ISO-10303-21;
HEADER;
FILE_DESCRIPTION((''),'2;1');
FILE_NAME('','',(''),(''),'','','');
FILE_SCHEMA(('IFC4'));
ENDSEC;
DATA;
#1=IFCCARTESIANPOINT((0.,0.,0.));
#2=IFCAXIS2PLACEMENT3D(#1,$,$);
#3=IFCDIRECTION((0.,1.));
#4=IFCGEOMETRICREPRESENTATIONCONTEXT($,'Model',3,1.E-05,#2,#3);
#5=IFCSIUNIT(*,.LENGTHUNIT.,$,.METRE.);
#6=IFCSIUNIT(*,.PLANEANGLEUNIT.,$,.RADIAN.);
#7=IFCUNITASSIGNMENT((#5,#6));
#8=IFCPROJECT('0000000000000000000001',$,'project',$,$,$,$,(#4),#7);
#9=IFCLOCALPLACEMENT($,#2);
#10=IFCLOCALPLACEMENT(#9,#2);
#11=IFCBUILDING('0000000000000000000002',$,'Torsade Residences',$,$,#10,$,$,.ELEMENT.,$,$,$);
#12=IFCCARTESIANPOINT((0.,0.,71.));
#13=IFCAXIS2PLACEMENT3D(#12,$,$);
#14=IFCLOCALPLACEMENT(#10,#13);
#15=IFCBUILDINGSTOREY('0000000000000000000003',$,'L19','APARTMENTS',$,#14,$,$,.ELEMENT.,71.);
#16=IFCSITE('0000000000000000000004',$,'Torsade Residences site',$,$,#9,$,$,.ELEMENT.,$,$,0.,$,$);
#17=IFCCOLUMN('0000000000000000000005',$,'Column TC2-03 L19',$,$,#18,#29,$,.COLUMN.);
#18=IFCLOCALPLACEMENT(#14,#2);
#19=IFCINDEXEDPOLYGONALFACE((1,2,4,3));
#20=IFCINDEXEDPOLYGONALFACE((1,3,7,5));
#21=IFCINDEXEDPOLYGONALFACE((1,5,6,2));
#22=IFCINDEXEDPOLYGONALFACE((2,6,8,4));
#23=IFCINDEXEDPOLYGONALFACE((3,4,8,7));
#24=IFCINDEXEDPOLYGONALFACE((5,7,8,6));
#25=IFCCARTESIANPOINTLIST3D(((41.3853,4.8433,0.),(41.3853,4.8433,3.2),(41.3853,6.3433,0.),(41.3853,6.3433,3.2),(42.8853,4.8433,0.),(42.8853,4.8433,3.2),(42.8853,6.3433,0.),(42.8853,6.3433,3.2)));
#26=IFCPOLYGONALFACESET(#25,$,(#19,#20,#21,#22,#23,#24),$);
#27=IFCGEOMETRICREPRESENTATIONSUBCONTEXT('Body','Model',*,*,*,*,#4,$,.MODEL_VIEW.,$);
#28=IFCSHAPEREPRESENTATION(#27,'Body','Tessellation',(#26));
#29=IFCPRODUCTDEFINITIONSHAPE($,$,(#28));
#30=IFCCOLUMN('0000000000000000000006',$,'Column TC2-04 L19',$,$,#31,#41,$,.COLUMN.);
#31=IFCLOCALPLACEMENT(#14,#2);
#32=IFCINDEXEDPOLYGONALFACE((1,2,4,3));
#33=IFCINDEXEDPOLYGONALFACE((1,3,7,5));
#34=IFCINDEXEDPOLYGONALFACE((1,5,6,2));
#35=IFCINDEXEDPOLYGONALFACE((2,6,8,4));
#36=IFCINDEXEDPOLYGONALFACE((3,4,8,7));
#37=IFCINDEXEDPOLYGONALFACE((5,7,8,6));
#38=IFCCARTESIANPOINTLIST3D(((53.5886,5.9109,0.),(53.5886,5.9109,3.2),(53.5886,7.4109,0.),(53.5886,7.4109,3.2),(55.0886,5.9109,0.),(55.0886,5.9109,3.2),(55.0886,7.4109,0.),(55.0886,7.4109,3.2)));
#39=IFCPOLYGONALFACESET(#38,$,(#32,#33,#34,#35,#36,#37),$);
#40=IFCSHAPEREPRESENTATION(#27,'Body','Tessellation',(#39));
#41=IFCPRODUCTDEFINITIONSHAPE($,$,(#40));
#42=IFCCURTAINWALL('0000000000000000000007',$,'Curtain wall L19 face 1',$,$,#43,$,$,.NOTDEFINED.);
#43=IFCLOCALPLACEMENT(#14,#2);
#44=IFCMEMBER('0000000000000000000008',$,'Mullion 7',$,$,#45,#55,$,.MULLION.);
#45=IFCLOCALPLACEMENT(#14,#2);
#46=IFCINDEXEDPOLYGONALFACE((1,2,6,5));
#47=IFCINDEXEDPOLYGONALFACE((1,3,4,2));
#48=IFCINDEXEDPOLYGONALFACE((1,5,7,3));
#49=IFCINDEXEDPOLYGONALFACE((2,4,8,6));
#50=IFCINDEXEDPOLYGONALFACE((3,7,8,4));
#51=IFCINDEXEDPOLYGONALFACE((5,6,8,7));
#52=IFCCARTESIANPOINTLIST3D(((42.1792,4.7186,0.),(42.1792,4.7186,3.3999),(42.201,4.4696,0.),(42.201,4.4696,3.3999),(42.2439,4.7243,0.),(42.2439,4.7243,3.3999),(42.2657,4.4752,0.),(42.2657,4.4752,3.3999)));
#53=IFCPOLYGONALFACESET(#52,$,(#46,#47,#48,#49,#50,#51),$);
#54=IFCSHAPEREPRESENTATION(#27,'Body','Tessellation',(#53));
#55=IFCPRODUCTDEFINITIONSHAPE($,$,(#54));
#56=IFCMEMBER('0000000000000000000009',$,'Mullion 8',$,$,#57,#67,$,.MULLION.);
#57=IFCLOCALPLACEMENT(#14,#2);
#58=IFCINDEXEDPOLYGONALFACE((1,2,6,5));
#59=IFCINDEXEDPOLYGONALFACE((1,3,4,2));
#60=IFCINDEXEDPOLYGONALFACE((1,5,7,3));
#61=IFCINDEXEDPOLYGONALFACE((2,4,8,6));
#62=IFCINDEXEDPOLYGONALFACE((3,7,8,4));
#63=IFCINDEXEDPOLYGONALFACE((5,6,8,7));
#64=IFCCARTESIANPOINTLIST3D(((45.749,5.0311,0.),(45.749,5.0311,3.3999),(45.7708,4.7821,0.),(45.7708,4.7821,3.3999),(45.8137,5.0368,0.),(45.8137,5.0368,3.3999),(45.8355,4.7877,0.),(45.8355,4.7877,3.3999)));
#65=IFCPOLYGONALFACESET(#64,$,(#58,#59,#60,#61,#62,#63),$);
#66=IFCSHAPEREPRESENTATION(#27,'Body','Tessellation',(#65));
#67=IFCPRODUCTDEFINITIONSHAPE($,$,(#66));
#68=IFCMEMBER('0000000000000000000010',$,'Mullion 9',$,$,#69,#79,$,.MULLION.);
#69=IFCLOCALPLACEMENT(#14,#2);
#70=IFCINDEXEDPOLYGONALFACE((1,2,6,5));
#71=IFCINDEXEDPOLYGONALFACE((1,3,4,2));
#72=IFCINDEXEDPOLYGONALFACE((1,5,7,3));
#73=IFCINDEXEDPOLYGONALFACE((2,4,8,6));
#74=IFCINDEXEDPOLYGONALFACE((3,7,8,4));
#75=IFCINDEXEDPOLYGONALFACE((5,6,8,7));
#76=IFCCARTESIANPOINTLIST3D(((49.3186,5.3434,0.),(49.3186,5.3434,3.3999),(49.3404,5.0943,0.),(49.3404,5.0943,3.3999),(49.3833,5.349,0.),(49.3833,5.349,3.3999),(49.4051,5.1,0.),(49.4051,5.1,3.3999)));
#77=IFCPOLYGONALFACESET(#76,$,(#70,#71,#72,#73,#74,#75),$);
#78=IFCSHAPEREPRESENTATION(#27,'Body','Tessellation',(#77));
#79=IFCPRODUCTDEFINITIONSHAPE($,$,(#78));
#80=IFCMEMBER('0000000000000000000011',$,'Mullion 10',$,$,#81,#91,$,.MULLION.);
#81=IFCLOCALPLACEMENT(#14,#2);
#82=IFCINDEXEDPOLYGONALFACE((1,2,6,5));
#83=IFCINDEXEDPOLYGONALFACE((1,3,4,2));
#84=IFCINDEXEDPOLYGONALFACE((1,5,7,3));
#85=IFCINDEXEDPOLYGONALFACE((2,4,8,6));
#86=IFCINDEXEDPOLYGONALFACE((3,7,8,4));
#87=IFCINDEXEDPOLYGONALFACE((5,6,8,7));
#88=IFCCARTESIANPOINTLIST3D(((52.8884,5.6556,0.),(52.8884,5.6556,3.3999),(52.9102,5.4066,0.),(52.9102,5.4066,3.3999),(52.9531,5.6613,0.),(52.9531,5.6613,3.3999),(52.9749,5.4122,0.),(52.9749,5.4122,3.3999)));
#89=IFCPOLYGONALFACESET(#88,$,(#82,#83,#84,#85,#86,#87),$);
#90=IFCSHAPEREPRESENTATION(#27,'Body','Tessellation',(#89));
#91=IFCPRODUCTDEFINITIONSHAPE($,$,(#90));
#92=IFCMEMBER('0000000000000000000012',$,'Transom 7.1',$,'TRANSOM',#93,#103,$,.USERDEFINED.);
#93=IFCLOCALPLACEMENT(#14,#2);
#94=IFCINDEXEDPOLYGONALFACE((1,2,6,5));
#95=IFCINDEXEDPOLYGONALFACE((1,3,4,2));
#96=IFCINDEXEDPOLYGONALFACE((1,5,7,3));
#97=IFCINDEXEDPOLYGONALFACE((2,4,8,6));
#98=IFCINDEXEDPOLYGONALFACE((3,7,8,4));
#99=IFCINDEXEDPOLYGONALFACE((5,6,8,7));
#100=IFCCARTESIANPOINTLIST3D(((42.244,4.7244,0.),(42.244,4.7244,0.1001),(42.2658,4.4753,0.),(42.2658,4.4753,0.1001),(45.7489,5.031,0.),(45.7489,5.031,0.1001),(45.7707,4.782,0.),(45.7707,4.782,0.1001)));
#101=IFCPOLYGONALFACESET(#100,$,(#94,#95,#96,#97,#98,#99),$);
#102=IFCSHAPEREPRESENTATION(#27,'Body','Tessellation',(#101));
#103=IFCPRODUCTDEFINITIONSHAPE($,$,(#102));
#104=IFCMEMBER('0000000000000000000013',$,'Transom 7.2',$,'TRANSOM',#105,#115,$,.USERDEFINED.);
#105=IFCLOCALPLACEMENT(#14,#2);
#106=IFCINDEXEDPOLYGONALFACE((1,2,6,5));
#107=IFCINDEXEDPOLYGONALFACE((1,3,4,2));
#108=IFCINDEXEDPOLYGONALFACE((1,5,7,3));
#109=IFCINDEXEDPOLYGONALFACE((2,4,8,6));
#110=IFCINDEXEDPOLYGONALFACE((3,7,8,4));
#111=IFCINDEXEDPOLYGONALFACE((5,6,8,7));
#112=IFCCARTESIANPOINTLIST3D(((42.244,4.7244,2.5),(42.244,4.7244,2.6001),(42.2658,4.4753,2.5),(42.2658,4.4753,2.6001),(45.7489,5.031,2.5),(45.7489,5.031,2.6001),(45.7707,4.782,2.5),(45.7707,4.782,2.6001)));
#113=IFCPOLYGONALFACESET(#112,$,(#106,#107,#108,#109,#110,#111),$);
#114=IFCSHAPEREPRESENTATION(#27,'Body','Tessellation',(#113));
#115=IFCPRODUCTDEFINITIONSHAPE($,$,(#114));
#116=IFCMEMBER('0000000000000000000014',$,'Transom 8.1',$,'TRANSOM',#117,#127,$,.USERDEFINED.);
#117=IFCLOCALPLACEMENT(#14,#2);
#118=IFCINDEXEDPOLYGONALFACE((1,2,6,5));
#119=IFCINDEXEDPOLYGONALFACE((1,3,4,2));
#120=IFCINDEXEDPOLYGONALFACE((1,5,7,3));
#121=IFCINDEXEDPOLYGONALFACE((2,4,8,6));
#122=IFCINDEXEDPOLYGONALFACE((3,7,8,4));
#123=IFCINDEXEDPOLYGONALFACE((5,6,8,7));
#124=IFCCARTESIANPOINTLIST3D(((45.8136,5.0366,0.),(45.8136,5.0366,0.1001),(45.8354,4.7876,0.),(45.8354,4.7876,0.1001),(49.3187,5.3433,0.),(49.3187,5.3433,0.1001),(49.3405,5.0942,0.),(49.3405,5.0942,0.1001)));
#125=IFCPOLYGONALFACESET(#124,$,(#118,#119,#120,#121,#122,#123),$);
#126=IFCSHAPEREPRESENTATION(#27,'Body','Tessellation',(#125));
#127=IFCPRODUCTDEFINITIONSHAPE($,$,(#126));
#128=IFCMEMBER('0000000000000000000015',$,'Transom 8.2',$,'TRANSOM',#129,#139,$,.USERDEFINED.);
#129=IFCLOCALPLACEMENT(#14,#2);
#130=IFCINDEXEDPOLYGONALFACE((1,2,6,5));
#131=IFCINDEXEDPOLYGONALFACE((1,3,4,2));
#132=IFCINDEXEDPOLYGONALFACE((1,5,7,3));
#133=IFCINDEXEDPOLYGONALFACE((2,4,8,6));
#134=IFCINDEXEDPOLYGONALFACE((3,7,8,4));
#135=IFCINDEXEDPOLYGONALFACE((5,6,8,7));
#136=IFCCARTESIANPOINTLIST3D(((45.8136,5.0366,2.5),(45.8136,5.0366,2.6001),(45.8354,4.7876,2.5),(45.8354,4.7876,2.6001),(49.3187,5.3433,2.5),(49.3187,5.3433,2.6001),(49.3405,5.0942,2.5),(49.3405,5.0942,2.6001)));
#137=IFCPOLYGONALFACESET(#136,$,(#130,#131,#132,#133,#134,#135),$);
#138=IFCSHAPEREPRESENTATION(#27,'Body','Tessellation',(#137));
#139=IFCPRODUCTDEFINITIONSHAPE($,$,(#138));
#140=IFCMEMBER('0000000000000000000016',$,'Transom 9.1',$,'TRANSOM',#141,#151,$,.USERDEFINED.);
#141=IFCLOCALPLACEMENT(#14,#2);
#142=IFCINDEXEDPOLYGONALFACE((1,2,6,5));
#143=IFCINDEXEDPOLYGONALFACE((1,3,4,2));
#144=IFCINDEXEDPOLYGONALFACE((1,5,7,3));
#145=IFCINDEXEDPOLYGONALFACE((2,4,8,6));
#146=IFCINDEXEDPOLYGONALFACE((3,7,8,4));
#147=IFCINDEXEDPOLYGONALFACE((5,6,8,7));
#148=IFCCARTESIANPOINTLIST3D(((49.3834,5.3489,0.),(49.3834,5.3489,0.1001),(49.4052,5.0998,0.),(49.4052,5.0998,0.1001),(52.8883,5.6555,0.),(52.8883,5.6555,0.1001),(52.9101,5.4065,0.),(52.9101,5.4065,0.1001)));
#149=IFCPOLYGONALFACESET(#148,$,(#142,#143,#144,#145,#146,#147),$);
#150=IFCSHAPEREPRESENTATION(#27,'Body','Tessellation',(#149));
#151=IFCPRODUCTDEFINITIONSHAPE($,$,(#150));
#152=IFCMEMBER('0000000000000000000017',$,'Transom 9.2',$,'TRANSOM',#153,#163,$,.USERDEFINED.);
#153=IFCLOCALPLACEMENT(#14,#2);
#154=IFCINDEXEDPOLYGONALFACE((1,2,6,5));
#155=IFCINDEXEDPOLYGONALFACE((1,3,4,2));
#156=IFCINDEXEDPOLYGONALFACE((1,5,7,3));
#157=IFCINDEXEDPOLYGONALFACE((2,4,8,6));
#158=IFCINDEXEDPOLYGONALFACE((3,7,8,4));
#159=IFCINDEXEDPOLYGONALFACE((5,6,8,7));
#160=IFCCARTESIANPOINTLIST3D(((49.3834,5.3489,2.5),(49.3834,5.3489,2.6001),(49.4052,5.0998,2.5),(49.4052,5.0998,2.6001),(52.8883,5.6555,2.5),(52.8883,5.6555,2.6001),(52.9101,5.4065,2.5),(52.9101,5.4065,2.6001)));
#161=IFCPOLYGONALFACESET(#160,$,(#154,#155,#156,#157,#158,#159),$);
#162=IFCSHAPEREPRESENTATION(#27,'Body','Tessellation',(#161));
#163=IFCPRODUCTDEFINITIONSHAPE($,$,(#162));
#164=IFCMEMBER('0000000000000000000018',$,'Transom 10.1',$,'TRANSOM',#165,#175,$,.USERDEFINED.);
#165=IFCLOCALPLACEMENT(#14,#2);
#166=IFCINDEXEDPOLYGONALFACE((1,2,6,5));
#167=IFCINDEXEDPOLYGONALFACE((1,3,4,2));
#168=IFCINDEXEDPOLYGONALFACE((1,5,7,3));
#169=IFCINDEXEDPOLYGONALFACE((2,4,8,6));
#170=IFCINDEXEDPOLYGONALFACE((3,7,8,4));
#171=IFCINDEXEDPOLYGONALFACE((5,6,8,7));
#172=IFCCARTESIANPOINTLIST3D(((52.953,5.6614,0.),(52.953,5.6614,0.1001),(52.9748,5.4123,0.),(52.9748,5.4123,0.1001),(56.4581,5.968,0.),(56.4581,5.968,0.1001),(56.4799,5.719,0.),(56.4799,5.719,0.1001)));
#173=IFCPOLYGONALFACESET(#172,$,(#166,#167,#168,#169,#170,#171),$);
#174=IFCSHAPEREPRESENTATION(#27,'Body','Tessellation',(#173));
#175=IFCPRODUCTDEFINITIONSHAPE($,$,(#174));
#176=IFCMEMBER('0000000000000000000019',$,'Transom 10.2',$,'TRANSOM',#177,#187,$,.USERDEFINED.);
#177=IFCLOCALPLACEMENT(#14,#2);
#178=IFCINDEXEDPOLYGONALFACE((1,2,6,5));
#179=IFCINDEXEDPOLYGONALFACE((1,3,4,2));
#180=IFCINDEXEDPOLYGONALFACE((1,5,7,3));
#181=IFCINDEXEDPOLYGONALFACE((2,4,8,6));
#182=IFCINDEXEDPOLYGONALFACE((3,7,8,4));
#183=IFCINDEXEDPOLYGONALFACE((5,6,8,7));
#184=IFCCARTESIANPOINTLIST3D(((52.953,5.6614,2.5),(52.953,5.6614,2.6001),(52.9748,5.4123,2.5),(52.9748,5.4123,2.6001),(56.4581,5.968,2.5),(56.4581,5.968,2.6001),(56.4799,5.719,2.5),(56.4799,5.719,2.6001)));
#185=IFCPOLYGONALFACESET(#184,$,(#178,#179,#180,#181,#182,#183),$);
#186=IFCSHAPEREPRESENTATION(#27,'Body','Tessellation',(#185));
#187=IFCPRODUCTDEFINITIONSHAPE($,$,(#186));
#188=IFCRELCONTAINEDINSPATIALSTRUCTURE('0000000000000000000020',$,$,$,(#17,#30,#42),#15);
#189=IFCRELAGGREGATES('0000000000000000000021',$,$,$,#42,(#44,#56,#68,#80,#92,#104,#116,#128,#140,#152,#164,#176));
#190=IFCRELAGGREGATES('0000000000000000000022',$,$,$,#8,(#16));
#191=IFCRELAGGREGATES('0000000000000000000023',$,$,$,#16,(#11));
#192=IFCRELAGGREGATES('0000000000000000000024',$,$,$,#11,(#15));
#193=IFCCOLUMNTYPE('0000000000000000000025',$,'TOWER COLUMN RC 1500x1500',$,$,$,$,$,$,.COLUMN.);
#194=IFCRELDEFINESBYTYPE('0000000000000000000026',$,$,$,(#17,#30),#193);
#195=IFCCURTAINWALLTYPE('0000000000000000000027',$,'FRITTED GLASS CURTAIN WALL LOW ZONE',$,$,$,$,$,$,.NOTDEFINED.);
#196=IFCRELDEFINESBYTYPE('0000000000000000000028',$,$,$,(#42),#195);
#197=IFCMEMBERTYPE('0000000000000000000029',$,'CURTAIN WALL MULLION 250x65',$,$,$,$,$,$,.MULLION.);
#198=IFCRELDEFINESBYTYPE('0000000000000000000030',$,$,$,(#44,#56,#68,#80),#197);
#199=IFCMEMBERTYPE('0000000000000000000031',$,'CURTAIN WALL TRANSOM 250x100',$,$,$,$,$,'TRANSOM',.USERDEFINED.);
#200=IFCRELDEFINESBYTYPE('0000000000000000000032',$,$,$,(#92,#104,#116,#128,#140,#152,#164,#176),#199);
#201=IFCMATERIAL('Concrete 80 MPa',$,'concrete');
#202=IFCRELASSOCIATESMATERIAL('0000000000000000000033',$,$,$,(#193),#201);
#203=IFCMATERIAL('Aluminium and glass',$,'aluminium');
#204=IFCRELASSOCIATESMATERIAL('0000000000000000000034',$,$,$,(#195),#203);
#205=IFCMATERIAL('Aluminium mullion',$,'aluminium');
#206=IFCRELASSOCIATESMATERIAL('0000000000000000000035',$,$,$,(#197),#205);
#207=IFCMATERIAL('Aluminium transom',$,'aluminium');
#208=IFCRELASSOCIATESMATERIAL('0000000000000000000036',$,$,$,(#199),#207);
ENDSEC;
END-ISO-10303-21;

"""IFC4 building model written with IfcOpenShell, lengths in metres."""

from ifc_helpers import new_model, si_unit, direction, frame, origin, origin_2d, place, context, subcontext, project, spatial, rectangle, extrude, material, material_profile, profile_set, type_object, element, aggregate, save


model = new_model("IFC4")

# Units and contexts
model_context = context("Model", 3, precision=1e-05, world=origin(), true_north=direction((0.0, 1.0)))
body_context = subcontext(model_context, "Body", "Model", "MODEL_VIEW")
ifc_project = project(units=[si_unit("LENGTHUNIT", "METRE"), si_unit("PLANEANGLEUNIT", "RADIAN")], contexts=[model_context])

# Site, building, storey
site_placement = place(None, origin())
site = spatial("IfcSite", under=ifc_project, at=site_placement, Name="Torsade Residences site", CompositionType="ELEMENT", RefElevation=0.0)
building_placement = place(site_placement, origin())
building = spatial("IfcBuilding", under=site, at=building_placement, Name="Torsade Residences", CompositionType="ELEMENT")
storey_placement = place(building_placement, frame((0.0, 0.0, 71.0)))
storey = spatial("IfcBuildingStorey", under=building, at=storey_placement, Name="L19", Description="APARTMENTS", CompositionType="ELEMENT", Elevation=71.0)

# Columns
ifc_material_1 = material(Name="Concrete 80 MPa", Category="concrete")
ifc_material_profile_1 = material_profile(ifc_material_1, rectangle(XDim=1.5, YDim=1.5, at=origin_2d()), Name="RC 1500x1500")
ifc_profile_set_1 = profile_set([ifc_material_profile_1], Name="Concrete 80 MPa")
column_type = type_object("IfcColumnType", Name="TOWER COLUMN RC 1500x1500", PredefinedType="COLUMN", material=ifc_profile_set_1)
for number, where, z_axis, x_axis, name in (
    (1, (42.1353, 5.5933, 0.0), (0.0, 0.0, 1.0), (1.0, 0.0, 0.0), "Column TC2-03 L19"),
    (2, (54.3386, 6.6609, 0.0), (0.0, 0.0, 1.0), (1.0, 0.0, 0.0), "Column TC2-04 L19"),
):
    element("IfcColumn", number, at=place(storey_placement, frame(where, z_axis=z_axis, x_axis=x_axis)), inside=storey, type_object=column_type, Name=name, PredefinedType="COLUMN", context=body_context, shape_type="SweptSolid", body=[
        extrude(rectangle(XDim=1.5, YDim=1.5, at=origin_2d()), origin(), (0.0, 0.0, 1.0), 3.2),
    ])

# Curtain wall, members
ifc_material_2 = material(Name="Aluminium and glass", Category="aluminium")
curtain_wall_type = type_object("IfcCurtainWallType", Name="FRITTED GLASS CURTAIN WALL LOW ZONE", PredefinedType="NOTDEFINED", material=ifc_material_2)
curtain_wall_placement = place(storey_placement, origin())
curtain_wall = element("IfcCurtainWall", 3, at=curtain_wall_placement, inside=storey, type_object=curtain_wall_type, Name="Curtain wall L19 face 1", PredefinedType="NOTDEFINED")
ifc_material_3 = material(Name="Aluminium mullion", Category="aluminium")
ifc_material_profile_2 = material_profile(ifc_material_3, rectangle(XDim=0.25, YDim=0.0649, at=origin_2d()), Name="CURTAIN WALL MULLION 250x65")
ifc_profile_set_2 = profile_set([ifc_material_profile_2], Name="Aluminium mullion")
member_type_1 = type_object("IfcMemberType", Name="CURTAIN WALL MULLION 250x65", PredefinedType="MULLION", material=ifc_profile_set_2)
member_1_placement = place(storey_placement, frame((42.2224, 4.5969, 0.0), z_axis=(0.0, 0.0, 1.0), x_axis=(-0.087156, 0.996195, 0.0)))
member_1 = element("IfcMember", 4, at=member_1_placement, type_object=member_type_1, Name="Mullion 7", PredefinedType="MULLION", context=body_context, shape_type="SweptSolid", body=[
    extrude(rectangle(XDim=0.25, YDim=0.0649, at=origin_2d()), origin(), (0.0, 0.0, 1.0), 3.3999),
])
member_2_placement = place(storey_placement, frame((45.7922, 4.9094, 0.0), z_axis=(0.0, 0.0, 1.0), x_axis=(-0.087156, 0.996195, 0.0)))
member_2 = element("IfcMember", 5, at=member_2_placement, type_object=member_type_1, Name="Mullion 8", PredefinedType="MULLION", context=body_context, shape_type="SweptSolid", body=[
    extrude(rectangle(XDim=0.25, YDim=0.0649, at=origin_2d()), origin(), (0.0, 0.0, 1.0), 3.3999),
])
member_3_placement = place(storey_placement, frame((49.3618, 5.2217, 0.0), z_axis=(0.0, 0.0, 1.0), x_axis=(-0.087156, 0.996195, 0.0)))
member_3 = element("IfcMember", 6, at=member_3_placement, type_object=member_type_1, Name="Mullion 9", PredefinedType="MULLION", context=body_context, shape_type="SweptSolid", body=[
    extrude(rectangle(XDim=0.25, YDim=0.0649, at=origin_2d()), origin(), (0.0, 0.0, 1.0), 3.3999),
])
member_4_placement = place(storey_placement, frame((52.9316, 5.5339, 0.0), z_axis=(0.0, 0.0, 1.0), x_axis=(-0.087156, 0.996195, 0.0)))
member_4 = element("IfcMember", 7, at=member_4_placement, type_object=member_type_1, Name="Mullion 10", PredefinedType="MULLION", context=body_context, shape_type="SweptSolid", body=[
    extrude(rectangle(XDim=0.25, YDim=0.0649, at=origin_2d()), origin(), (0.0, 0.0, 1.0), 3.3999),
])
ifc_material_4 = material(Name="Aluminium transom", Category="aluminium")
ifc_material_profile_3 = material_profile(ifc_material_4, rectangle(XDim=0.25, YDim=0.1001, at=origin_2d()), Name="CURTAIN WALL TRANSOM 250x100")
ifc_profile_set_3 = profile_set([ifc_material_profile_3], Name="Aluminium transom")
member_type_2 = type_object("IfcMemberType", Name="CURTAIN WALL TRANSOM 250x100", ElementType="TRANSOM", PredefinedType="USERDEFINED", material=ifc_profile_set_3)
member_5_placement = place(storey_placement, frame((42.2549, 4.5999, 0.05), z_axis=(0.996195, 0.087157, 0.0), x_axis=(-0.087157, 0.996195, 0.0)))
member_5 = element("IfcMember", 8, at=member_5_placement, type_object=member_type_2, Name="Transom 7.1", ObjectType="TRANSOM", PredefinedType="USERDEFINED", context=body_context, shape_type="SweptSolid", body=[
    extrude(rectangle(XDim=0.25, YDim=0.1001, at=origin_2d()), origin(), (0.0, 0.0, 1.0), 3.5183),
])
member_6_placement = place(storey_placement, frame((42.2549, 4.5999, 2.55), z_axis=(0.996195, 0.087157, 0.0), x_axis=(-0.087157, 0.996195, 0.0)))
member_6 = element("IfcMember", 9, at=member_6_placement, type_object=member_type_2, Name="Transom 7.2", ObjectType="TRANSOM", PredefinedType="USERDEFINED", context=body_context, shape_type="SweptSolid", body=[
    extrude(rectangle(XDim=0.25, YDim=0.1001, at=origin_2d()), origin(), (0.0, 0.0, 1.0), 3.5183),
])
member_7_placement = place(storey_placement, frame((45.8245, 4.9121, 0.05), z_axis=(0.996195, 0.087151, 0.0), x_axis=(-0.087151, 0.996195, 0.0)))
member_7 = element("IfcMember", 10, at=member_7_placement, type_object=member_type_2, Name="Transom 8.1", ObjectType="TRANSOM", PredefinedType="USERDEFINED", context=body_context, shape_type="SweptSolid", body=[
    extrude(rectangle(XDim=0.25, YDim=0.1001, at=origin_2d()), origin(), (0.0, 0.0, 1.0), 3.5186),
])
member_8_placement = place(storey_placement, frame((45.8245, 4.9121, 2.55), z_axis=(0.996195, 0.087151, 0.0), x_axis=(-0.087151, 0.996195, 0.0)))
member_8 = element("IfcMember", 11, at=member_8_placement, type_object=member_type_2, Name="Transom 8.2", ObjectType="TRANSOM", PredefinedType="USERDEFINED", context=body_context, shape_type="SweptSolid", body=[
    extrude(rectangle(XDim=0.25, YDim=0.1001, at=origin_2d()), origin(), (0.0, 0.0, 1.0), 3.5186),
])
member_9_placement = place(storey_placement, frame((49.3943, 5.2244, 0.05), z_axis=(0.996195, 0.087157, 0.0), x_axis=(-0.087157, 0.996195, 0.0)))
member_9 = element("IfcMember", 12, at=member_9_placement, type_object=member_type_2, Name="Transom 9.1", ObjectType="TRANSOM", PredefinedType="USERDEFINED", context=body_context, shape_type="SweptSolid", body=[
    extrude(rectangle(XDim=0.25, YDim=0.1001, at=origin_2d()), origin(), (0.0, 0.0, 1.0), 3.5183),
])
member_10_placement = place(storey_placement, frame((49.3943, 5.2244, 2.55), z_axis=(0.996195, 0.087157, 0.0), x_axis=(-0.087157, 0.996195, 0.0)))
member_10 = element("IfcMember", 13, at=member_10_placement, type_object=member_type_2, Name="Transom 9.2", ObjectType="TRANSOM", PredefinedType="USERDEFINED", context=body_context, shape_type="SweptSolid", body=[
    extrude(rectangle(XDim=0.25, YDim=0.1001, at=origin_2d()), origin(), (0.0, 0.0, 1.0), 3.5183),
])
member_11_placement = place(storey_placement, frame((52.9639, 5.5369, 0.05), z_axis=(0.996195, 0.087151, 0.0), x_axis=(-0.087151, 0.996195, 0.0)))
member_11 = element("IfcMember", 14, at=member_11_placement, type_object=member_type_2, Name="Transom 10.1", ObjectType="TRANSOM", PredefinedType="USERDEFINED", context=body_context, shape_type="SweptSolid", body=[
    extrude(rectangle(XDim=0.25, YDim=0.1001, at=origin_2d()), origin(), (0.0, 0.0, 1.0), 3.5186),
])
member_12_placement = place(storey_placement, frame((52.9639, 5.5369, 2.55), z_axis=(0.996195, 0.087151, 0.0), x_axis=(-0.087151, 0.996195, 0.0)))
member_12 = element("IfcMember", 15, at=member_12_placement, type_object=member_type_2, Name="Transom 10.2", ObjectType="TRANSOM", PredefinedType="USERDEFINED", context=body_context, shape_type="SweptSolid", body=[
    extrude(rectangle(XDim=0.25, YDim=0.1001, at=origin_2d()), origin(), (0.0, 0.0, 1.0), 3.5186),
])

aggregate(curtain_wall, [member_1, member_2, member_3, member_4, member_5, member_6, member_7, member_8, member_9, member_10, member_11, member_12])

save(model, "model.ifc")
